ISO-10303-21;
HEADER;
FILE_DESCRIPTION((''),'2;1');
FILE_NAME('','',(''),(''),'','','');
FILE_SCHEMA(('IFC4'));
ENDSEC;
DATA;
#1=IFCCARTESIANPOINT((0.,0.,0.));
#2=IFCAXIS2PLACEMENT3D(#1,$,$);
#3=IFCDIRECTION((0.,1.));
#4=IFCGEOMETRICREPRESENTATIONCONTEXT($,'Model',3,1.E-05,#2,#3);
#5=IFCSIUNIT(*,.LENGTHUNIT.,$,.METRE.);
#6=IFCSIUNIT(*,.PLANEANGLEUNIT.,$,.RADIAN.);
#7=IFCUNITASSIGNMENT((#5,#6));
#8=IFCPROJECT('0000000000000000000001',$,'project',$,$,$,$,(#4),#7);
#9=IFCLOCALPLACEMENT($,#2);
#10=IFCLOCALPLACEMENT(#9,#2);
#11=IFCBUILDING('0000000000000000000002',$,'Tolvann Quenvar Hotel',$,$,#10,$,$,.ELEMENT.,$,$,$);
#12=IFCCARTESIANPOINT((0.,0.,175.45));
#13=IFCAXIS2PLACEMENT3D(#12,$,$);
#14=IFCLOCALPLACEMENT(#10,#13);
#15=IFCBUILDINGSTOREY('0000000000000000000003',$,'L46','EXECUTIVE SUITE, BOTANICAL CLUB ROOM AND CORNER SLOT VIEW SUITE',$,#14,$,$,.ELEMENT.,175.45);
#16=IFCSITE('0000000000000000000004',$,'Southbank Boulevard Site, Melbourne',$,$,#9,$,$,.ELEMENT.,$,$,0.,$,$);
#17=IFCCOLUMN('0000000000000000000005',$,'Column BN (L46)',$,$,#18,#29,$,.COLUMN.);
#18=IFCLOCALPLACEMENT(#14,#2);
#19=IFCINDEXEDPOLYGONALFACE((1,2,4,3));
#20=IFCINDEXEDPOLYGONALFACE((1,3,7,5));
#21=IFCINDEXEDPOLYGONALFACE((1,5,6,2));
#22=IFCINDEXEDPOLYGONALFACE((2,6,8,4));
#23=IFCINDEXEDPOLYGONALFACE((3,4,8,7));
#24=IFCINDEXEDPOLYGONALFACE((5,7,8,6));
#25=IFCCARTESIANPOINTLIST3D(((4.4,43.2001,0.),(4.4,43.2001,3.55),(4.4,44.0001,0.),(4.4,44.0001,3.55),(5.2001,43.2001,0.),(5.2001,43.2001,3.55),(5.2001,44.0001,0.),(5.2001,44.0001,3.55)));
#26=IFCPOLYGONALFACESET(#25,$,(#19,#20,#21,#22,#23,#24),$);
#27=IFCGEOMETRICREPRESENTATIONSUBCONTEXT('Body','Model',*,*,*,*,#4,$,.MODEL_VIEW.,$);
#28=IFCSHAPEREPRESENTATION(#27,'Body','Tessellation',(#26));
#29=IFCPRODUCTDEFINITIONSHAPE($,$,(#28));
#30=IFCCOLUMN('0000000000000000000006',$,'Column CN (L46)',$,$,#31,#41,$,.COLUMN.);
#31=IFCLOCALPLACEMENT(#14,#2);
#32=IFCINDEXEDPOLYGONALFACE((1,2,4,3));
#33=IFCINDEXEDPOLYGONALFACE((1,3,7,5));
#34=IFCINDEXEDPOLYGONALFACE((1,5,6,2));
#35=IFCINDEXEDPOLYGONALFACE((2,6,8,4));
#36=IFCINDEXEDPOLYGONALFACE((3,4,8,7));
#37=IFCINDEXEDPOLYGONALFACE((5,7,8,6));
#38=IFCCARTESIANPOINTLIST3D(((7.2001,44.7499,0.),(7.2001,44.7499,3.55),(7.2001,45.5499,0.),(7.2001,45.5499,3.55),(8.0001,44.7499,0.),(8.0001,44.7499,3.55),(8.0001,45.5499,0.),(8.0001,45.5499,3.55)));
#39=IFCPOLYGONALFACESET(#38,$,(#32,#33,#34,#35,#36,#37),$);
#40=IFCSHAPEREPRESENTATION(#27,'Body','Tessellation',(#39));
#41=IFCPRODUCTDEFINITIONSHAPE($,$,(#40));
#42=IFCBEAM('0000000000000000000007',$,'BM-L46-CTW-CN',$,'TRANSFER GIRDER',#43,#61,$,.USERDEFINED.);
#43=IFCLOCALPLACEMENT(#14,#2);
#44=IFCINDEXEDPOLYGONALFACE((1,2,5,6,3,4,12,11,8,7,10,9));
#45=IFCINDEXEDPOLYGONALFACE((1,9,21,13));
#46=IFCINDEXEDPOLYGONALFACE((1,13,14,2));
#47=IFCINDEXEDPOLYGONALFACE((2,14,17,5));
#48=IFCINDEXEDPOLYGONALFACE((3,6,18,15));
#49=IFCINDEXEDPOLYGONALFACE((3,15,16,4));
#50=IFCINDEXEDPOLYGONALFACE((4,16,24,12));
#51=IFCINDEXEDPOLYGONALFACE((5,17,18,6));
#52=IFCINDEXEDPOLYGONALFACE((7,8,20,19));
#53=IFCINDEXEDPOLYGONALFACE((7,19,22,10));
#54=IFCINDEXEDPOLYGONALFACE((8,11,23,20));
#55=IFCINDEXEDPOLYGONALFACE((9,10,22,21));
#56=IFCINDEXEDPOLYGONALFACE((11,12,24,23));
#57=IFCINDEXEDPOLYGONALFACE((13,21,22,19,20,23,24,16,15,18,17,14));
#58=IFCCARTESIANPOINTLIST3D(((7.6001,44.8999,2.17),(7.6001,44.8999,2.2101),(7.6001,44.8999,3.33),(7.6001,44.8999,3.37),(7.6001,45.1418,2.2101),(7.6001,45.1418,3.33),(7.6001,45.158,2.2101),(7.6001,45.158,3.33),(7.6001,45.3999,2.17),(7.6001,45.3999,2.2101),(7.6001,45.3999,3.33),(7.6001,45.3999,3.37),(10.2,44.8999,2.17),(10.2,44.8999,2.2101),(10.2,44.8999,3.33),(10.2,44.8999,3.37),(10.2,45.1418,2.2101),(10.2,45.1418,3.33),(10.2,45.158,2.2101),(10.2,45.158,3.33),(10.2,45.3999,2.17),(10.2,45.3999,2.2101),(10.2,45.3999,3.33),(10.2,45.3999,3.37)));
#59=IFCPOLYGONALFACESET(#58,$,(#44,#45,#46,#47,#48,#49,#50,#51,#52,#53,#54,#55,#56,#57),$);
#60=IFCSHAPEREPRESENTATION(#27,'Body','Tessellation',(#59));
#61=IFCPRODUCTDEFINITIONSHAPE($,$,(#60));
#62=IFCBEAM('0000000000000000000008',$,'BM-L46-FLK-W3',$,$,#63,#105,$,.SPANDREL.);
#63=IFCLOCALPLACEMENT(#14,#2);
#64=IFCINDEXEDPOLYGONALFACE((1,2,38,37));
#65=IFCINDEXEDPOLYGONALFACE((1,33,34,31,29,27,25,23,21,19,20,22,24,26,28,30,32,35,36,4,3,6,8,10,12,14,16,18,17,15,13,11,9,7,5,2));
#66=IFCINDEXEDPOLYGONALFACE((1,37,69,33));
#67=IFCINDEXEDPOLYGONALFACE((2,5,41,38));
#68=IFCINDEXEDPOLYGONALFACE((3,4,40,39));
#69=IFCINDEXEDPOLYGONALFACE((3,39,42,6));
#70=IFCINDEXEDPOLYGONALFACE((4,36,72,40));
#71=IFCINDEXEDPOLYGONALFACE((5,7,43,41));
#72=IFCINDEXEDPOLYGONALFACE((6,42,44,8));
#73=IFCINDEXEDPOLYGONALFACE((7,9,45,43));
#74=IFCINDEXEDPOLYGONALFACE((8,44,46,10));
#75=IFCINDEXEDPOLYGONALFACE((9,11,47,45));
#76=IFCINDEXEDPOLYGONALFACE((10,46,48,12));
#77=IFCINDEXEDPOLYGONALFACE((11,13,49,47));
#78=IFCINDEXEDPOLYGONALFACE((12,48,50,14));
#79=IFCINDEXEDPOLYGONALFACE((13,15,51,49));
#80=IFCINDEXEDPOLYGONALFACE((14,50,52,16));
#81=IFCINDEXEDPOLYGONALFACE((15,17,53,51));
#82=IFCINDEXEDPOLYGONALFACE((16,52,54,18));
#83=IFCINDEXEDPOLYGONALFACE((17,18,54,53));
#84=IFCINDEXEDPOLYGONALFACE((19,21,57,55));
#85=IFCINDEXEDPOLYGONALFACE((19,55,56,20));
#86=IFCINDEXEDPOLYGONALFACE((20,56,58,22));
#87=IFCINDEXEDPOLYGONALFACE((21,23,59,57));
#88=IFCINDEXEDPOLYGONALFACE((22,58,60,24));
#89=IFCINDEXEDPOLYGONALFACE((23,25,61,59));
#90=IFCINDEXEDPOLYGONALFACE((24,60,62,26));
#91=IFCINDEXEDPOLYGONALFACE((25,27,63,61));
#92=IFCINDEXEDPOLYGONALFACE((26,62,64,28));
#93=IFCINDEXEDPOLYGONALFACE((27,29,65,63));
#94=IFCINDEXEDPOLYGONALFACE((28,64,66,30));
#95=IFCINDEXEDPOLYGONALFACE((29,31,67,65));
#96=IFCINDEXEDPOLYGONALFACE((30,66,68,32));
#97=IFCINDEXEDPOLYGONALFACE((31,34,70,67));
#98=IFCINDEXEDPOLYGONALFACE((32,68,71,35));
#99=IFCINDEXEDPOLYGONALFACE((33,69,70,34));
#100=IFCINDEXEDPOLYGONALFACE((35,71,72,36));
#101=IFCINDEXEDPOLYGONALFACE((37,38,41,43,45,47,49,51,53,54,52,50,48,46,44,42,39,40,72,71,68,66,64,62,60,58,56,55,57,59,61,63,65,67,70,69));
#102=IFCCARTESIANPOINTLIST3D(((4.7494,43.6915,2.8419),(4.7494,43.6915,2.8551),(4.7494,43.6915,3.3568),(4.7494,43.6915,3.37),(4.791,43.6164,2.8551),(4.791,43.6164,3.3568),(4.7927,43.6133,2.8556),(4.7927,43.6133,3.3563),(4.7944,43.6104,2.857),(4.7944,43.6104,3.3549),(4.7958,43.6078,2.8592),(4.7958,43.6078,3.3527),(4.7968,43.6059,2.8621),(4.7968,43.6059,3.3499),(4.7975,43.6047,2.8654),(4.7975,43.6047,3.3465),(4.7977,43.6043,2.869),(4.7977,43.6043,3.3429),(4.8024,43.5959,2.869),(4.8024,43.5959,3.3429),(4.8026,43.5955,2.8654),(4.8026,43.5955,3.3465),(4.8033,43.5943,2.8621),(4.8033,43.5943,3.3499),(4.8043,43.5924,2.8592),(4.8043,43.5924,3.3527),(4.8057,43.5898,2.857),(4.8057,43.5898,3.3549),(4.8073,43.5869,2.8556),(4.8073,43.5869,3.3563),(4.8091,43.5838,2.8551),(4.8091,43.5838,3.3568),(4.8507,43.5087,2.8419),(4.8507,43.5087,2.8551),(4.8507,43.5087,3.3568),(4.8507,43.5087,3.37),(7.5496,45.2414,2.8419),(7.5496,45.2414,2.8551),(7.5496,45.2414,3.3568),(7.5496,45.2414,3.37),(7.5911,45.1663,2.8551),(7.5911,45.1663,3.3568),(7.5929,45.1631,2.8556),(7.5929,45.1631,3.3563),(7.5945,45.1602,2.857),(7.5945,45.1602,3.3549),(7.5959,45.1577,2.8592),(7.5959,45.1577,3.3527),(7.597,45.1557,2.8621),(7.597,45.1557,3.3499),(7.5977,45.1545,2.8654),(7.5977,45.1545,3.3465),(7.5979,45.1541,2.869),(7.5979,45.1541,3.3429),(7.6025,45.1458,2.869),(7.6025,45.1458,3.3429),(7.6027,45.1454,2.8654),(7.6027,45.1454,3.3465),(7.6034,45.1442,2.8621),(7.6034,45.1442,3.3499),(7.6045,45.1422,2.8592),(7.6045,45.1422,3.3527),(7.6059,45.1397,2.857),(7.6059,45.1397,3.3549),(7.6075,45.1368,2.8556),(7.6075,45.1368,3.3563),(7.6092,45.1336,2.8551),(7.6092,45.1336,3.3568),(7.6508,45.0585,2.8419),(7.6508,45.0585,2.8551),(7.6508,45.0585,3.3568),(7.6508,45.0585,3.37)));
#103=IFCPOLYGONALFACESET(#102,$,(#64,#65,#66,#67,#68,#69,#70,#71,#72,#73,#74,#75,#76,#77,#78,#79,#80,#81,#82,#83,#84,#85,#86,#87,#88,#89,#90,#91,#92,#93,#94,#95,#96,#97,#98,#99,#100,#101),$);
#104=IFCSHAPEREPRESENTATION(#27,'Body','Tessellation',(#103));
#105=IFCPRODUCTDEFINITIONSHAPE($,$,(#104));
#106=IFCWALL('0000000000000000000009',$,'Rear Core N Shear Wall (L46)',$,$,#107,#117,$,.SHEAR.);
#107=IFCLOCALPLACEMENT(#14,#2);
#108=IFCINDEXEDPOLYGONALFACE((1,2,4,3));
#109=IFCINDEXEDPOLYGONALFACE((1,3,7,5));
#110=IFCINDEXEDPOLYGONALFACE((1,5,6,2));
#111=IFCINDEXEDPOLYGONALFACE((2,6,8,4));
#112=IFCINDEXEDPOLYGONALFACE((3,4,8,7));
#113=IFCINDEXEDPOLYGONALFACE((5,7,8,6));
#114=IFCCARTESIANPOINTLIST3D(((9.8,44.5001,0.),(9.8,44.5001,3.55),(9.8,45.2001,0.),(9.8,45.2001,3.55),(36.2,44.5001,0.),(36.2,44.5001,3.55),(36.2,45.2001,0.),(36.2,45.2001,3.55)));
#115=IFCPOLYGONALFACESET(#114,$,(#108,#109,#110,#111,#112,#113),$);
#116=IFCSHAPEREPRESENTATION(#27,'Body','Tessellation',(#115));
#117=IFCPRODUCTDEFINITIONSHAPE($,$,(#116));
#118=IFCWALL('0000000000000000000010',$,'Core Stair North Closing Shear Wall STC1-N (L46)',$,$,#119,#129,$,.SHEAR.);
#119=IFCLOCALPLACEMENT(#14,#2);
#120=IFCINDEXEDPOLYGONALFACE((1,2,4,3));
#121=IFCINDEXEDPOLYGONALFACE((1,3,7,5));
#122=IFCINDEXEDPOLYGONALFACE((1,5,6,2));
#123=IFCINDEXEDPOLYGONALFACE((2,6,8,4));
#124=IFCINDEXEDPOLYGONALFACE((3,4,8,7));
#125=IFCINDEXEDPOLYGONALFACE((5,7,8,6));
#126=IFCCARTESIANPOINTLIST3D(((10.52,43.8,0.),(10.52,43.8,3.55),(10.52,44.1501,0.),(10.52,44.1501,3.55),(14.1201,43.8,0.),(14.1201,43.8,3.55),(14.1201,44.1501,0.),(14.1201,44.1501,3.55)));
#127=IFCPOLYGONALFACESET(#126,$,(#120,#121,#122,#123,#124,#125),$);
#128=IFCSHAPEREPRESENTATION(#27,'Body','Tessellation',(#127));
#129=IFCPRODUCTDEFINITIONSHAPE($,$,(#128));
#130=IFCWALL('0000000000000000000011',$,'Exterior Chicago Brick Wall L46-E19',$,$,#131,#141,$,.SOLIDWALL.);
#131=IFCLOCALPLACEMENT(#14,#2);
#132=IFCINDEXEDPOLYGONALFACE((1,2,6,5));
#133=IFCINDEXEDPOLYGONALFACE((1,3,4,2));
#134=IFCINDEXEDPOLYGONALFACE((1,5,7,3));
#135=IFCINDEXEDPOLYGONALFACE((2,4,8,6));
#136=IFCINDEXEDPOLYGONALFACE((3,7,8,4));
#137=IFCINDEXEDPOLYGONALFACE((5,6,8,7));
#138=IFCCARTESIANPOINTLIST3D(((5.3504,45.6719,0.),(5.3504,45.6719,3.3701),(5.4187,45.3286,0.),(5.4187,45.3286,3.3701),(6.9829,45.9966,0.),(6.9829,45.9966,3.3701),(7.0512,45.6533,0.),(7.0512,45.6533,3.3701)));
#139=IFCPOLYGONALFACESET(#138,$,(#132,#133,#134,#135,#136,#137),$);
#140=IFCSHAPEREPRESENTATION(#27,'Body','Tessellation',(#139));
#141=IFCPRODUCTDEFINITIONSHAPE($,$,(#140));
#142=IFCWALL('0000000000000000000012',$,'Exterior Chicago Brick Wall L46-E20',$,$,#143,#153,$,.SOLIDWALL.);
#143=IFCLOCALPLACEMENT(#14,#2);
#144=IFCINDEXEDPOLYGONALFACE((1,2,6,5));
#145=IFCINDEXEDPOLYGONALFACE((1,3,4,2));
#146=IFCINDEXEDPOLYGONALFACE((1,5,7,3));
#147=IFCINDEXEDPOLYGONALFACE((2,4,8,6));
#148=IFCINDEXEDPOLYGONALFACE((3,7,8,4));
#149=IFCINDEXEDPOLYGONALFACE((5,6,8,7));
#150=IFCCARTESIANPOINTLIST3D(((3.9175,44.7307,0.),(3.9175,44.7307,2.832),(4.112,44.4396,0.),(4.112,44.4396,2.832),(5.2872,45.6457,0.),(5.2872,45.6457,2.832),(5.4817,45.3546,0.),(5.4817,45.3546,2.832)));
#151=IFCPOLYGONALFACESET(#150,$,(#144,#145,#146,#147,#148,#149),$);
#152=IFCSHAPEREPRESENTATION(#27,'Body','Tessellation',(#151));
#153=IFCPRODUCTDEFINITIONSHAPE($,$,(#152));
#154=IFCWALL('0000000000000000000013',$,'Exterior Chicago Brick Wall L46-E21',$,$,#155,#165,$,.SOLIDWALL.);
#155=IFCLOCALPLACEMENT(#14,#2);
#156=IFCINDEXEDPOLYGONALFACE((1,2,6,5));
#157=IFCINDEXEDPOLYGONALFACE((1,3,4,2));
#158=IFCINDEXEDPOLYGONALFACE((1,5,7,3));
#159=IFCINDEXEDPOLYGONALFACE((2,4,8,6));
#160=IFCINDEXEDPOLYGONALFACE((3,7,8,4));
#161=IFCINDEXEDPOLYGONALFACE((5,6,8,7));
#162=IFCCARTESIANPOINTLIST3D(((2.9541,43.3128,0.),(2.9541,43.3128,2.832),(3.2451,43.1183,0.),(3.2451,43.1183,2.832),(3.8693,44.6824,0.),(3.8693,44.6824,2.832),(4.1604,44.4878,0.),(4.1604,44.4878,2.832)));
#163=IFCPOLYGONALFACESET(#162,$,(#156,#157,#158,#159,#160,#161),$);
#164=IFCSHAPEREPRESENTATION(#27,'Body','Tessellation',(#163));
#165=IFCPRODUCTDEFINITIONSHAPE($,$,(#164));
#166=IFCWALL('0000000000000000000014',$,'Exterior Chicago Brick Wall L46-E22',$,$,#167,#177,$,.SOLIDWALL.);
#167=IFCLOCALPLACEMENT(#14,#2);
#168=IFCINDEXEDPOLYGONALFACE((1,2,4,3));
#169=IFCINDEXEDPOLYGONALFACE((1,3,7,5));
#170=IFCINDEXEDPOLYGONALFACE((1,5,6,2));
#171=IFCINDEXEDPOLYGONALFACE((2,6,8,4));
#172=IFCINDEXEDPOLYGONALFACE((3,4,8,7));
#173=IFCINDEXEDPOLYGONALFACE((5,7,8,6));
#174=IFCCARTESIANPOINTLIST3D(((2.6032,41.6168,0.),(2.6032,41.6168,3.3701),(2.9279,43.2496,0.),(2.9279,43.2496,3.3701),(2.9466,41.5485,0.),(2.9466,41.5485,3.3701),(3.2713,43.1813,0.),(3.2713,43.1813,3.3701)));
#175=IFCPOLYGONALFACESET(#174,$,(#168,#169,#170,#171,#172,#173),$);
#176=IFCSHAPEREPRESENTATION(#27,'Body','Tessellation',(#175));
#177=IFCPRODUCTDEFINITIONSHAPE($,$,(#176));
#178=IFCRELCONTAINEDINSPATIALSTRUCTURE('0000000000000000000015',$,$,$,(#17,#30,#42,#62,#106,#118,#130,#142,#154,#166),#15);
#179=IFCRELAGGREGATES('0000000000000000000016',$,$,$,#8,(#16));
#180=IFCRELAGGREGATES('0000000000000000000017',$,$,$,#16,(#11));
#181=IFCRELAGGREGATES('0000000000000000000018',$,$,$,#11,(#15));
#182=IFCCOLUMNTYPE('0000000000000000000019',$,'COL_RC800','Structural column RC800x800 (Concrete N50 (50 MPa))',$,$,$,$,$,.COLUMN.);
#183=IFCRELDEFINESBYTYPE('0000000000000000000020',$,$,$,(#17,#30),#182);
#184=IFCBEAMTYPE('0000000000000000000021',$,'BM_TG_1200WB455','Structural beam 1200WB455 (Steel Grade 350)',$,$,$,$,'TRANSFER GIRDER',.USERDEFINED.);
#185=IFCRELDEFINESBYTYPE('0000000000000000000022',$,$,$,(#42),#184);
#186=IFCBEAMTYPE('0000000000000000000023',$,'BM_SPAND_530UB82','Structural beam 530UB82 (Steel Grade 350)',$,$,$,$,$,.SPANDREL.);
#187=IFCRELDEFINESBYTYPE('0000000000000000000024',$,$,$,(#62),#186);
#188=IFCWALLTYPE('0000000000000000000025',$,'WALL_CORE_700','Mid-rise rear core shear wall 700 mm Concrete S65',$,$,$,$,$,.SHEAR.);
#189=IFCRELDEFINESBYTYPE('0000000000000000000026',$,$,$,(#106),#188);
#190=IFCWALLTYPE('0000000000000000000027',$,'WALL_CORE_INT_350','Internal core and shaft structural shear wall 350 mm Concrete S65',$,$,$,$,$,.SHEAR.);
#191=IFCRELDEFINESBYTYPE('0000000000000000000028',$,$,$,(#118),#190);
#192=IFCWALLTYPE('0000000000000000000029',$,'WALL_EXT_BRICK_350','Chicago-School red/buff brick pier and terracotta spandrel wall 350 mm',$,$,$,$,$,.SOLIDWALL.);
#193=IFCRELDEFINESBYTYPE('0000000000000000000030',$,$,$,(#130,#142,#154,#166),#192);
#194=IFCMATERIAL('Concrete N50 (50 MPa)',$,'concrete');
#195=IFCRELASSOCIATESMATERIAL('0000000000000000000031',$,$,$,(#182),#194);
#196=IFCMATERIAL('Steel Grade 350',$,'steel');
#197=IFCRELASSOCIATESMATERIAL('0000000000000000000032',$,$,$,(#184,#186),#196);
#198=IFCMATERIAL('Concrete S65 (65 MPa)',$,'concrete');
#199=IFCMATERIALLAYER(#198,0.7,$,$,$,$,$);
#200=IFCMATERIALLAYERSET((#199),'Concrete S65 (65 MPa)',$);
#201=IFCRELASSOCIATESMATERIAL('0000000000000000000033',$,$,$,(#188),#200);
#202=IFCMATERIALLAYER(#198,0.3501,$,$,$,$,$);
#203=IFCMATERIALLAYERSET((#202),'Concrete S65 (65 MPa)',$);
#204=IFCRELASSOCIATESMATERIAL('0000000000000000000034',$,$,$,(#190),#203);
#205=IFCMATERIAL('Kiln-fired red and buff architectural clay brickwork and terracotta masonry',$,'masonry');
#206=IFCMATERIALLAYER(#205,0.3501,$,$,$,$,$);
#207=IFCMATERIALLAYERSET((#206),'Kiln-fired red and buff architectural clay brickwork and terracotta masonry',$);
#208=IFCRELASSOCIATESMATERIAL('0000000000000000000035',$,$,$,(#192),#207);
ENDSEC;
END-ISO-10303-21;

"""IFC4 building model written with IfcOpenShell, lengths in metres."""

from ifc_helpers import new_model, si_unit, direction, frame, frame_2d, origin, origin_2d, place, context, subcontext, project, spatial, rectangle, i_section, extrude, source, transform, mapped, material, layer, layer_set, material_profile, profile_set, type_object, type_shapes, element, save


model = new_model("IFC4")

# Units and contexts
model_context = context("Model", 3, precision=1e-05, world=origin(), true_north=direction((0.0, 1.0)))
body_context = subcontext(model_context, "Body", "Model", "MODEL_VIEW")
ifc_project = project(units=[si_unit("LENGTHUNIT", "METRE"), si_unit("PLANEANGLEUNIT", "RADIAN")], contexts=[model_context])

# Site, building, storey
site_placement = place(None, origin())
site = spatial("IfcSite", under=ifc_project, at=site_placement, Name="Southbank Boulevard Site, Melbourne", CompositionType="ELEMENT", RefElevation=0.0)
building_placement = place(site_placement, origin())
building = spatial("IfcBuilding", under=site, at=building_placement, Name="Tolvann Quenvar Hotel", CompositionType="ELEMENT")
storey_placement = place(building_placement, frame((0.0, 0.0, 175.45)))
storey = spatial("IfcBuildingStorey", under=building, at=storey_placement, Name="L46", Description="EXECUTIVE SUITE, BOTANICAL CLUB ROOM AND CORNER SLOT VIEW SUITE", CompositionType="ELEMENT", Elevation=175.45)

# Columns
ifc_material_1 = material(Name="Concrete N50 (50 MPa)", Category="concrete")
ifc_material_profile_1 = material_profile(ifc_material_1, rectangle(XDim=0.8, YDim=0.8, at=origin_2d()), Name="RC800x800")
ifc_profile_set_1 = profile_set([ifc_material_profile_1], Name="Concrete N50 (50 MPa)")
column_type = type_object("IfcColumnType", Name="COL_RC800", Description="Structural column RC800x800 (Concrete N50 (50 MPa))", PredefinedType="COLUMN", material=ifc_profile_set_1)
shared_shape_1 = source(origin(), body_context, "Body", "SweptSolid", [
    extrude(rectangle(XDim=0.8, YDim=0.8, at=origin_2d()), origin(), (0.0, 0.0, 1.0), 3.55),
])
type_shapes(column_type, [shared_shape_1])
for number, where, z_axis, x_axis, name in (
    (1, (4.8, 43.6001, 0.0), (0.0, 0.0, 1.0), (1.0, 0.0, 0.0), "Column BN (L46)"),
    (2, (7.6001, 45.1499, 0.0), (0.0, 0.0, 1.0), (1.0, 0.0, 0.0), "Column CN (L46)"),
):
    element("IfcColumn", number, at=place(storey_placement, frame(where, z_axis=z_axis, x_axis=x_axis)), inside=storey, type_object=column_type, Name=name, PredefinedType="COLUMN", context=body_context, shape_type="MappedRepresentation", body=[
        mapped(shared_shape_1, transform((0.0, 0.0, 0.0), x_axis=(1.0, 0.0, 0.0), y_axis=(0.0, 1.0, 0.0), z_axis=(0.0, 0.0, 1.0), scale=1.0)),
    ])

# Beams
ifc_material_2 = material(Name="Steel Grade 350", Category="steel")
ifc_material_profile_2 = material_profile(ifc_material_2, i_section(OverallWidth=0.5, OverallDepth=1.2, WebThickness=0.0161, FlangeThickness=0.04, at=origin_2d()), Name="1200WB455")
ifc_profile_set_2 = profile_set([ifc_material_profile_2], Name="Steel Grade 350")
beam_type_1 = type_object("IfcBeamType", Name="BM_TG_1200WB455", Description="Structural beam 1200WB455 (Steel Grade 350)", ElementType="TRANSFER GIRDER", PredefinedType="USERDEFINED", material=ifc_profile_set_2)
shared_shape_2 = source(origin(), body_context, "Body", "SweptSolid", [
    extrude(i_section(OverallWidth=0.5, OverallDepth=1.2, WebThickness=0.0161, FlangeThickness=0.04, at=origin_2d()), origin(), (0.0, 0.0, 1.0), 2.5999),
])
type_shapes(beam_type_1, [shared_shape_2])
beam_1_placement = place(storey_placement, frame((7.6001, 45.1499, 2.77), z_axis=(1.0, 0.0, 0.0), x_axis=(0.0, 1.0, 0.0)))
element("IfcBeam", 3, at=beam_1_placement, inside=storey, type_object=beam_type_1, Name="BM-L46-CTW-CN", ObjectType="TRANSFER GIRDER", PredefinedType="USERDEFINED", context=body_context, shape_type="MappedRepresentation", body=[
    mapped(shared_shape_2, transform((0.0, 0.0, 0.0), x_axis=(1.0, 0.0, 0.0), y_axis=(0.0, 1.0, 0.0), z_axis=(0.0, 0.0, 1.0), scale=1.0)),
])
ifc_material_profile_3 = material_profile(ifc_material_2, i_section(OverallWidth=0.209, OverallDepth=0.5281, WebThickness=0.0095, FlangeThickness=0.0132, FilletRadius=0.0139, at=origin_2d()), Name="530UB82")
ifc_profile_set_3 = profile_set([ifc_material_profile_3], Name="Steel Grade 350")
beam_type_2 = type_object("IfcBeamType", Name="BM_SPAND_530UB82", Description="Structural beam 530UB82 (Steel Grade 350)", PredefinedType="SPANDREL", material=ifc_profile_set_3)
shared_shape_3 = source(origin(), body_context, "Body", "SweptSolid", [
    extrude(i_section(OverallWidth=0.209, OverallDepth=0.5281, WebThickness=0.0095, FlangeThickness=0.0132, FilletRadius=0.0139, at=origin_2d()), origin(), (0.0, 0.0, 1.0), 3.2004),
])
type_shapes(beam_type_2, [shared_shape_3])
beam_2_placement = place(storey_placement, frame((4.8, 43.6001, 3.106), z_axis=(0.874923, 0.484263, 0.0), x_axis=(-0.484263, 0.874923, 0.0)))
element("IfcBeam", 4, at=beam_2_placement, inside=storey, type_object=beam_type_2, Name="BM-L46-FLK-W3", PredefinedType="SPANDREL", context=body_context, shape_type="MappedRepresentation", body=[
    mapped(shared_shape_3, transform((0.0, 0.0, 0.0), x_axis=(1.0, 0.0, 0.0), y_axis=(0.0, 1.0, 0.0), z_axis=(0.0, 0.0, 1.0), scale=1.0)),
])

# Walls
ifc_material_3 = material(Name="Concrete S65 (65 MPa)", Category="concrete")
ifc_layer_1 = layer(ifc_material_3, 0.7)
ifc_layer_set_1 = layer_set([ifc_layer_1], Name="Concrete S65 (65 MPa)")
wall_type_1 = type_object("IfcWallType", Name="WALL_CORE_700", Description="Mid-rise rear core shear wall 700 mm Concrete S65", PredefinedType="SHEAR", material=ifc_layer_set_1)
wall_1_placement = place(storey_placement, frame((9.8, 44.8501, 0.0), z_axis=(0.0, 0.0, 1.0), x_axis=(1.0, 0.0, 0.0)))
element("IfcWall", 5, at=wall_1_placement, inside=storey, type_object=wall_type_1, Name="Rear Core N Shear Wall (L46)", PredefinedType="SHEAR", context=body_context, shape_type="SweptSolid", body=[
    extrude(rectangle(XDim=26.3999, YDim=0.7, at=frame_2d((13.2, 0.0))), origin(), (0.0, 0.0, 1.0), 3.55),
])
ifc_layer_2 = layer(ifc_material_3, 0.3501)
ifc_layer_set_2 = layer_set([ifc_layer_2], Name="Concrete S65 (65 MPa)")
wall_type_2 = type_object("IfcWallType", Name="WALL_CORE_INT_350", Description="Internal core and shaft structural shear wall 350 mm Concrete S65", PredefinedType="SHEAR", material=ifc_layer_set_2)
wall_2_placement = place(storey_placement, frame((10.52, 43.9751, 0.0), z_axis=(0.0, 0.0, 1.0), x_axis=(1.0, 0.0, 0.0)))
element("IfcWall", 6, at=wall_2_placement, inside=storey, type_object=wall_type_2, Name="Core Stair North Closing Shear Wall STC1-N (L46)", PredefinedType="SHEAR", context=body_context, shape_type="SweptSolid", body=[
    extrude(rectangle(XDim=3.6001, YDim=0.3501, at=frame_2d((1.8, 0.0))), origin(), (0.0, 0.0, 1.0), 3.55),
])
ifc_material_4 = material(Name="Kiln-fired red and buff architectural clay brickwork and terracotta masonry", Category="masonry")
ifc_layer_3 = layer(ifc_material_4, 0.3501)
ifc_layer_set_3 = layer_set([ifc_layer_3], Name="Kiln-fired red and buff architectural clay brickwork and terracotta masonry")
wall_type_3 = type_object("IfcWallType", Name="WALL_EXT_BRICK_350", Description="Chicago-School red/buff brick pier and terracotta spandrel wall 350 mm", PredefinedType="SOLIDWALL", material=ifc_layer_set_3)
wall_3_placement = place(storey_placement, frame((7.0171, 45.825, 0.0), z_axis=(0.0, 0.0, 1.0), x_axis=(-0.980789, -0.195072, 0.0)))
element("IfcWall", 7, at=wall_3_placement, inside=storey, type_object=wall_type_3, Name="Exterior Chicago Brick Wall L46-E19", PredefinedType="SOLIDWALL", context=body_context, shape_type="SweptSolid", body=[
    extrude(rectangle(XDim=1.6646, YDim=0.3501, at=frame_2d((0.8323, 0.0))), origin(), (0.0, 0.0, 1.0), 3.3701),
])
for number, where, z_axis, x_axis, name in (
    (8, (5.3845, 45.5002, 0.0), (0.0, 0.0, 1.0), (-0.831503, -0.555521, 0.0), "Exterior Chicago Brick Wall L46-E20"),
    (9, (4.0149, 44.5852, 0.0), (0.0, 0.0, 1.0), (-0.555623, -0.831434, 0.0), "Exterior Chicago Brick Wall L46-E21"),
):
    element("IfcWall", number, at=place(storey_placement, frame(where, z_axis=z_axis, x_axis=x_axis)), inside=storey, type_object=wall_type_3, Name=name, PredefinedType="SOLIDWALL", context=body_context, shape_type="SweptSolid", body=[
        extrude(rectangle(XDim=1.6472, YDim=0.3501, at=frame_2d((0.8237, 0.0))), origin(), (0.0, 0.0, 1.0), 2.832),
    ])
wall_4_placement = place(storey_placement, frame((3.0996, 43.2156, 0.0), z_axis=(0.0, 0.0, 1.0), x_axis=(-0.195044, -0.980794, 0.0)))
element("IfcWall", 10, at=wall_4_placement, inside=storey, type_object=wall_type_3, Name="Exterior Chicago Brick Wall L46-E22", PredefinedType="SOLIDWALL", context=body_context, shape_type="SweptSolid", body=[
    extrude(rectangle(XDim=1.6648, YDim=0.3501, at=frame_2d((0.8325, 0.0))), origin(), (0.0, 0.0, 1.0), 3.3701),
])

save(model, "model.ifc")
